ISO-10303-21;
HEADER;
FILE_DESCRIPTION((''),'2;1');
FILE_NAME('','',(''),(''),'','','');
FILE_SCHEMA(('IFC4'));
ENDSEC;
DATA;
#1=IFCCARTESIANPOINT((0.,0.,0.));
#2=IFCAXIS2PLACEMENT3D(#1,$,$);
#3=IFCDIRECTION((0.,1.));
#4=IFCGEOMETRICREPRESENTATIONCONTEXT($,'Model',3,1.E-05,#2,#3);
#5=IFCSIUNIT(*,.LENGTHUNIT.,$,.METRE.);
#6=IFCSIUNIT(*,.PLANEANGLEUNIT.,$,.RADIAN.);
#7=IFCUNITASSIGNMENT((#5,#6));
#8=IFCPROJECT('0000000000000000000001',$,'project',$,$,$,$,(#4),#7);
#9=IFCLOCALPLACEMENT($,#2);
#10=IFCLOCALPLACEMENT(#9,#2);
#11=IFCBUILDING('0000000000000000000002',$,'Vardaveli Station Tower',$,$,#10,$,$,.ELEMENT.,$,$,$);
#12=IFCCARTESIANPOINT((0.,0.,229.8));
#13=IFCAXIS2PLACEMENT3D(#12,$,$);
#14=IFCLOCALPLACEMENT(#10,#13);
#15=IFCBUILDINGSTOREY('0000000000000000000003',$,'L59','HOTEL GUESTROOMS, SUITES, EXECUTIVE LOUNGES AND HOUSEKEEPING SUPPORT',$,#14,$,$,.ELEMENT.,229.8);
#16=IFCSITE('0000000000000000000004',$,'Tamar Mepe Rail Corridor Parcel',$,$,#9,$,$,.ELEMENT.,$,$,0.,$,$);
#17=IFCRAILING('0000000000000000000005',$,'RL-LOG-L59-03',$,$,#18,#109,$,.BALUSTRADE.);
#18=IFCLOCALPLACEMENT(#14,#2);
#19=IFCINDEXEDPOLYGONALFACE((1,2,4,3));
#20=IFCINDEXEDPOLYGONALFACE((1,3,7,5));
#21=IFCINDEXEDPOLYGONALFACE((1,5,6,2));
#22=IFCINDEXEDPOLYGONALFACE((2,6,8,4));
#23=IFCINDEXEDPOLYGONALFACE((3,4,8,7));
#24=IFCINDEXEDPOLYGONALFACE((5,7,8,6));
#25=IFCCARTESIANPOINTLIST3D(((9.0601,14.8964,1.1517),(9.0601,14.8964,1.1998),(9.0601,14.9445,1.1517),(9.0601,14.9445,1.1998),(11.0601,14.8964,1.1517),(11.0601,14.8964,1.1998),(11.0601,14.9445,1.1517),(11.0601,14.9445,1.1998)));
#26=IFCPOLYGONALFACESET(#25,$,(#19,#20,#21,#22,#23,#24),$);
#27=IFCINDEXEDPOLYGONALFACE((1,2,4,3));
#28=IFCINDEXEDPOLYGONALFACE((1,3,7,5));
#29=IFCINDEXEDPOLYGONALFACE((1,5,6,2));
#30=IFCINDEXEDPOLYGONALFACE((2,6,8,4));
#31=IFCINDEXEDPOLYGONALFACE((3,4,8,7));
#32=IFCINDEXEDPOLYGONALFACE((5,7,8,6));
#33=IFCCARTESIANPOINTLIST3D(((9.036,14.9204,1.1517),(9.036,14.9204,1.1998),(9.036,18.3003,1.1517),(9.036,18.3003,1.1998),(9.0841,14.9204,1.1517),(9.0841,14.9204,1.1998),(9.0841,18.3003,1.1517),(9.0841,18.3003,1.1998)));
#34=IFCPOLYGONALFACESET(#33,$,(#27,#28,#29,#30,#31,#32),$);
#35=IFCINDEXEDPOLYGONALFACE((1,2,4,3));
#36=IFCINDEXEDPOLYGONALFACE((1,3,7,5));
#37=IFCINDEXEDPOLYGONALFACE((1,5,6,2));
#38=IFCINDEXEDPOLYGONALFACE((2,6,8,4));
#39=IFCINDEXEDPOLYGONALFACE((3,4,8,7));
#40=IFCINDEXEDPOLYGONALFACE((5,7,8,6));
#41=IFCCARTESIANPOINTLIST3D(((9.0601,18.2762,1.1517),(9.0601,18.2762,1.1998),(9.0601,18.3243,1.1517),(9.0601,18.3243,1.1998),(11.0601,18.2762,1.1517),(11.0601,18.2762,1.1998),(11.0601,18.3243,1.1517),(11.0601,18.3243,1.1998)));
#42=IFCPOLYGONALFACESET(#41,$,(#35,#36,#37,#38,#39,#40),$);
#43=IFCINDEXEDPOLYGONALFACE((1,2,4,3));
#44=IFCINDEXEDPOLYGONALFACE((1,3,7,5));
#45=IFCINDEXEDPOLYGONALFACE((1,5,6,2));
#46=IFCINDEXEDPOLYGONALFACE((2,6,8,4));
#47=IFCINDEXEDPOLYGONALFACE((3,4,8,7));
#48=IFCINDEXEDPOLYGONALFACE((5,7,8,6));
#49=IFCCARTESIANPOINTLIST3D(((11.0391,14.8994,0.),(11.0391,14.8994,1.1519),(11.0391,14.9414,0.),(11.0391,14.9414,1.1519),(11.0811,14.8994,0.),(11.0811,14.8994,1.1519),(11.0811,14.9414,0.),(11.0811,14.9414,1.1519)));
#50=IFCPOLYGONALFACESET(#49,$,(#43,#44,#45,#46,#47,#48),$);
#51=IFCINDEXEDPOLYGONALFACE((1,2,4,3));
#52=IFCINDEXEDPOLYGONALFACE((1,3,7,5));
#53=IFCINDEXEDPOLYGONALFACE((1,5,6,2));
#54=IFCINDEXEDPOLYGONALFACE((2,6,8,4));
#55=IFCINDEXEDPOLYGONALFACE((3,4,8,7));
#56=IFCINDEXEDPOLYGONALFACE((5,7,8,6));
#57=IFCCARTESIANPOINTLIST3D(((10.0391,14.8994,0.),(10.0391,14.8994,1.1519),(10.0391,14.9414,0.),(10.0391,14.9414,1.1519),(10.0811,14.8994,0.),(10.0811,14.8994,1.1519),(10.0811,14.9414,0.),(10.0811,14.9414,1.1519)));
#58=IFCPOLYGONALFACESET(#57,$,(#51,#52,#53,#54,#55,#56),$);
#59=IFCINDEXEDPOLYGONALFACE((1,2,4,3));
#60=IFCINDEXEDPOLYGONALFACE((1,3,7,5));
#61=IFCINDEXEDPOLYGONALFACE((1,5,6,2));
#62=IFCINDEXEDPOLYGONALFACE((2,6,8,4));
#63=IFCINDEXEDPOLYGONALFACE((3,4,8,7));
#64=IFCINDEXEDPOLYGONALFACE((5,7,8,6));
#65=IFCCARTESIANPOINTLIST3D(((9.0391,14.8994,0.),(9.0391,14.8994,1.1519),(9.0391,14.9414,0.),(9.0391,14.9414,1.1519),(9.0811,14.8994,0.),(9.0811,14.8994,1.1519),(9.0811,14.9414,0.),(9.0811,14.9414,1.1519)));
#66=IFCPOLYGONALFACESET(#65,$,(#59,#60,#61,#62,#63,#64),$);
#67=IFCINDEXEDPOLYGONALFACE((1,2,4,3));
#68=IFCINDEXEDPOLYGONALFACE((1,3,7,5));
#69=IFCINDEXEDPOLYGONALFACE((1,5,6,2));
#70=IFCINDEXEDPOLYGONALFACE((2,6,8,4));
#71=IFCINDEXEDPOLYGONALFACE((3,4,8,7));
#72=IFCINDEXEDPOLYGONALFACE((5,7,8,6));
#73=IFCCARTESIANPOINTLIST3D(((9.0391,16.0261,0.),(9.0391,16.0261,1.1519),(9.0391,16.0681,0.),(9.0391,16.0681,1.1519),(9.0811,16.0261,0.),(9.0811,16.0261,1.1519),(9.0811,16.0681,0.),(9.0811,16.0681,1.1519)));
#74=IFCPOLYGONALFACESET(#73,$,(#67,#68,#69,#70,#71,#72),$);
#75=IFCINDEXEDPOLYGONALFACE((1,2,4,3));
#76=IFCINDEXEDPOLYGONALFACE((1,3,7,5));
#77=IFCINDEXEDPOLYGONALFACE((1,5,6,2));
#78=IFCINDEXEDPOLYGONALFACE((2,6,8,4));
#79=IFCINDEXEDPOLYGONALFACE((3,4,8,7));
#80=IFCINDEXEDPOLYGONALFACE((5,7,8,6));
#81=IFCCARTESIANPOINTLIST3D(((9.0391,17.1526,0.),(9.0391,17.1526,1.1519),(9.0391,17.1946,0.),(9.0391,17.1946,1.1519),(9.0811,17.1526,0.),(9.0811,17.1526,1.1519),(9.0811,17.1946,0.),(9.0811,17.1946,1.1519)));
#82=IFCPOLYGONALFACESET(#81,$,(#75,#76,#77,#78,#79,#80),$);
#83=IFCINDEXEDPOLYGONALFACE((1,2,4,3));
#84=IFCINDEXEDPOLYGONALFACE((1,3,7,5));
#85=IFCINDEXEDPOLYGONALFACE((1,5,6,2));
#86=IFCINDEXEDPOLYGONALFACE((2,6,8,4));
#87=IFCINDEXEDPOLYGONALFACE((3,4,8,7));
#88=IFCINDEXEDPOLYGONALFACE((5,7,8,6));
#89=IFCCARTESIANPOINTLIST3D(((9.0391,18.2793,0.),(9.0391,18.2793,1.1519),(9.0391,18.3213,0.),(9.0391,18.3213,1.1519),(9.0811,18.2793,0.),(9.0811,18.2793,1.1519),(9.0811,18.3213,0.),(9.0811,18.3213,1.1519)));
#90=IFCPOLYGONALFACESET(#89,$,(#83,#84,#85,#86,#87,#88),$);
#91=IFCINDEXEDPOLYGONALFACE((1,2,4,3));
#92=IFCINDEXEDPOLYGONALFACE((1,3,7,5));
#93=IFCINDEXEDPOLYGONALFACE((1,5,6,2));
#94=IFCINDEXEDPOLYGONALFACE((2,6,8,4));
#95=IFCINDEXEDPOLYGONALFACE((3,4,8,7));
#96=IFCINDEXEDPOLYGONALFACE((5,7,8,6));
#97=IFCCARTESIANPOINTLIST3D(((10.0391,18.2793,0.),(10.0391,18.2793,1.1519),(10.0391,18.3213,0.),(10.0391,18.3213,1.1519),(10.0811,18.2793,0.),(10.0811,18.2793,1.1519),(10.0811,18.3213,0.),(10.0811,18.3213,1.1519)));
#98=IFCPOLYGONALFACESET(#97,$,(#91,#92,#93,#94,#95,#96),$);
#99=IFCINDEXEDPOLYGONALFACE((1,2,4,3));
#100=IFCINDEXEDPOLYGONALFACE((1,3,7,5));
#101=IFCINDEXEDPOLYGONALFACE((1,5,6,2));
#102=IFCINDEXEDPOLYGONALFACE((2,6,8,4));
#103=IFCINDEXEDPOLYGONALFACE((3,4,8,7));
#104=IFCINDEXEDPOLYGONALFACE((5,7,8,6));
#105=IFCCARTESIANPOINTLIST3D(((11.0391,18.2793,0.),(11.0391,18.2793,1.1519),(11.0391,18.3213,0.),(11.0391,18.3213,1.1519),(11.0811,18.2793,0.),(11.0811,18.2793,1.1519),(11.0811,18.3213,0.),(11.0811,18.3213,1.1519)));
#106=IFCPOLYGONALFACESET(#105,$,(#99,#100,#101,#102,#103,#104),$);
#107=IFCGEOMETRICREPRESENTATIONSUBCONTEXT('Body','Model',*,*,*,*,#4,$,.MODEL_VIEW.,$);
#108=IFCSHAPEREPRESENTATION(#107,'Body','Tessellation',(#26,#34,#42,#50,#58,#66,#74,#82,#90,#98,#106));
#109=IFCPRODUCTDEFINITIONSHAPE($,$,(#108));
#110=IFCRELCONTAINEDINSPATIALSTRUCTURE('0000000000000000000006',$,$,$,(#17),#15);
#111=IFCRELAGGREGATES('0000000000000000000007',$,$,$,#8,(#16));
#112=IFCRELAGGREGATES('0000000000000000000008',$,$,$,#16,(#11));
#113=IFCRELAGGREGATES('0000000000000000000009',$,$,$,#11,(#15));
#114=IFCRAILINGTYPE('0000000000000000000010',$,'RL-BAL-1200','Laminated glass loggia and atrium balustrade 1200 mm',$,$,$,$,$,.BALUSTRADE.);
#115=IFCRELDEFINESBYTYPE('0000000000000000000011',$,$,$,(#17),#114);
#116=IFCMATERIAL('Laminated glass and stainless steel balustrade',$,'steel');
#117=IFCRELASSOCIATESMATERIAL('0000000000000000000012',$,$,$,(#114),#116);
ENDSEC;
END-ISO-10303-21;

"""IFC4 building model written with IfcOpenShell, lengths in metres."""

from ifc_helpers import new_model, si_unit, direction, frame, origin, origin_2d, place, context, subcontext, project, spatial, rectangle, extrude, source, transform, mapped, material, type_object, element, save


model = new_model("IFC4")

# Units and contexts
model_context = context("Model", 3, precision=1e-05, world=origin(), true_north=direction((0.0, 1.0)))
body_context = subcontext(model_context, "Body", "Model", "MODEL_VIEW")
ifc_project = project(units=[si_unit("LENGTHUNIT", "METRE"), si_unit("PLANEANGLEUNIT", "RADIAN")], contexts=[model_context])

# Site, building, storey
site_placement = place(None, origin())
site = spatial("IfcSite", under=ifc_project, at=site_placement, Name="Tamar Mepe Rail Corridor Parcel", CompositionType="ELEMENT", RefElevation=0.0)
building_placement = place(site_placement, origin())
building = spatial("IfcBuilding", under=site, at=building_placement, Name="Vardaveli Station Tower", CompositionType="ELEMENT")
storey_placement = place(building_placement, frame((0.0, 0.0, 229.8)))
storey = spatial("IfcBuildingStorey", under=building, at=storey_placement, Name="L59", Description="HOTEL GUESTROOMS, SUITES, EXECUTIVE LOUNGES AND HOUSEKEEPING SUPPORT", CompositionType="ELEMENT", Elevation=229.8)

# Railing
ifc_material_1 = material(Name="Laminated glass and stainless steel balustrade", Category="steel")
railing_type = type_object("IfcRailingType", Name="RL-BAL-1200", Description="Laminated glass loggia and atrium balustrade 1200 mm", PredefinedType="BALUSTRADE", material=ifc_material_1)
shared_shape_1 = source(origin(), body_context, "Body", "SweptSolid", [
    extrude(rectangle(XDim=0.0481, YDim=0.0481, at=origin_2d()), frame((0.0, 0.0, 1.1758), z_axis=(-1.0, 0.0, 0.0), x_axis=(0.0, -1.0, 0.0)), (0.0, 0.0, 1.0), 2.0),
    extrude(rectangle(XDim=0.0481, YDim=0.0481, at=origin_2d()), frame((-2.0, 0.0, 1.1758), z_axis=(0.0, 1.0, 0.0), x_axis=(-1.0, 0.0, 0.0)), (0.0, 0.0, 1.0), 3.3799),
    extrude(rectangle(XDim=0.0481, YDim=0.0481, at=origin_2d()), frame((-2.0, 3.3799, 1.1758), z_axis=(1.0, 0.0, 0.0), x_axis=(0.0, 1.0, 0.0)), (0.0, 0.0, 1.0), 2.0),
    extrude(rectangle(XDim=0.042, YDim=0.042, at=origin_2d()), origin(), (0.0, 0.0, 1.0), 1.1519),
    extrude(rectangle(XDim=0.042, YDim=0.042, at=origin_2d()), frame((-1.0, 0.0, 0.0)), (0.0, 0.0, 1.0), 1.1519),
    extrude(rectangle(XDim=0.042, YDim=0.042, at=origin_2d()), frame((-2.0, 0.0, 0.0)), (0.0, 0.0, 1.0), 1.1519),
    extrude(rectangle(XDim=0.042, YDim=0.042, at=origin_2d()), frame((-2.0, 1.1267, 0.0)), (0.0, 0.0, 1.0), 1.1519),
    extrude(rectangle(XDim=0.042, YDim=0.042, at=origin_2d()), frame((-2.0, 2.2532, 0.0)), (0.0, 0.0, 1.0), 1.1519),
    extrude(rectangle(XDim=0.042, YDim=0.042, at=origin_2d()), frame((-2.0, 3.3799, 0.0)), (0.0, 0.0, 1.0), 1.1519),
    extrude(rectangle(XDim=0.042, YDim=0.042, at=origin_2d()), frame((-1.0, 3.3799, 0.0)), (0.0, 0.0, 1.0), 1.1519),
    extrude(rectangle(XDim=0.042, YDim=0.042, at=origin_2d()), frame((0.0, 3.3799, 0.0)), (0.0, 0.0, 1.0), 1.1519),
])
railing_placement = place(storey_placement, frame((11.0601, 14.9204, 0.0)))
element("IfcRailing", 1, at=railing_placement, inside=storey, type_object=railing_type, Name="RL-LOG-L59-03", PredefinedType="BALUSTRADE", context=body_context, shape_type="MappedRepresentation", body=[
    mapped(shared_shape_1, transform((0.0, 0.0, 0.0), scale=1.0)),
])

save(model, "model.ifc")
